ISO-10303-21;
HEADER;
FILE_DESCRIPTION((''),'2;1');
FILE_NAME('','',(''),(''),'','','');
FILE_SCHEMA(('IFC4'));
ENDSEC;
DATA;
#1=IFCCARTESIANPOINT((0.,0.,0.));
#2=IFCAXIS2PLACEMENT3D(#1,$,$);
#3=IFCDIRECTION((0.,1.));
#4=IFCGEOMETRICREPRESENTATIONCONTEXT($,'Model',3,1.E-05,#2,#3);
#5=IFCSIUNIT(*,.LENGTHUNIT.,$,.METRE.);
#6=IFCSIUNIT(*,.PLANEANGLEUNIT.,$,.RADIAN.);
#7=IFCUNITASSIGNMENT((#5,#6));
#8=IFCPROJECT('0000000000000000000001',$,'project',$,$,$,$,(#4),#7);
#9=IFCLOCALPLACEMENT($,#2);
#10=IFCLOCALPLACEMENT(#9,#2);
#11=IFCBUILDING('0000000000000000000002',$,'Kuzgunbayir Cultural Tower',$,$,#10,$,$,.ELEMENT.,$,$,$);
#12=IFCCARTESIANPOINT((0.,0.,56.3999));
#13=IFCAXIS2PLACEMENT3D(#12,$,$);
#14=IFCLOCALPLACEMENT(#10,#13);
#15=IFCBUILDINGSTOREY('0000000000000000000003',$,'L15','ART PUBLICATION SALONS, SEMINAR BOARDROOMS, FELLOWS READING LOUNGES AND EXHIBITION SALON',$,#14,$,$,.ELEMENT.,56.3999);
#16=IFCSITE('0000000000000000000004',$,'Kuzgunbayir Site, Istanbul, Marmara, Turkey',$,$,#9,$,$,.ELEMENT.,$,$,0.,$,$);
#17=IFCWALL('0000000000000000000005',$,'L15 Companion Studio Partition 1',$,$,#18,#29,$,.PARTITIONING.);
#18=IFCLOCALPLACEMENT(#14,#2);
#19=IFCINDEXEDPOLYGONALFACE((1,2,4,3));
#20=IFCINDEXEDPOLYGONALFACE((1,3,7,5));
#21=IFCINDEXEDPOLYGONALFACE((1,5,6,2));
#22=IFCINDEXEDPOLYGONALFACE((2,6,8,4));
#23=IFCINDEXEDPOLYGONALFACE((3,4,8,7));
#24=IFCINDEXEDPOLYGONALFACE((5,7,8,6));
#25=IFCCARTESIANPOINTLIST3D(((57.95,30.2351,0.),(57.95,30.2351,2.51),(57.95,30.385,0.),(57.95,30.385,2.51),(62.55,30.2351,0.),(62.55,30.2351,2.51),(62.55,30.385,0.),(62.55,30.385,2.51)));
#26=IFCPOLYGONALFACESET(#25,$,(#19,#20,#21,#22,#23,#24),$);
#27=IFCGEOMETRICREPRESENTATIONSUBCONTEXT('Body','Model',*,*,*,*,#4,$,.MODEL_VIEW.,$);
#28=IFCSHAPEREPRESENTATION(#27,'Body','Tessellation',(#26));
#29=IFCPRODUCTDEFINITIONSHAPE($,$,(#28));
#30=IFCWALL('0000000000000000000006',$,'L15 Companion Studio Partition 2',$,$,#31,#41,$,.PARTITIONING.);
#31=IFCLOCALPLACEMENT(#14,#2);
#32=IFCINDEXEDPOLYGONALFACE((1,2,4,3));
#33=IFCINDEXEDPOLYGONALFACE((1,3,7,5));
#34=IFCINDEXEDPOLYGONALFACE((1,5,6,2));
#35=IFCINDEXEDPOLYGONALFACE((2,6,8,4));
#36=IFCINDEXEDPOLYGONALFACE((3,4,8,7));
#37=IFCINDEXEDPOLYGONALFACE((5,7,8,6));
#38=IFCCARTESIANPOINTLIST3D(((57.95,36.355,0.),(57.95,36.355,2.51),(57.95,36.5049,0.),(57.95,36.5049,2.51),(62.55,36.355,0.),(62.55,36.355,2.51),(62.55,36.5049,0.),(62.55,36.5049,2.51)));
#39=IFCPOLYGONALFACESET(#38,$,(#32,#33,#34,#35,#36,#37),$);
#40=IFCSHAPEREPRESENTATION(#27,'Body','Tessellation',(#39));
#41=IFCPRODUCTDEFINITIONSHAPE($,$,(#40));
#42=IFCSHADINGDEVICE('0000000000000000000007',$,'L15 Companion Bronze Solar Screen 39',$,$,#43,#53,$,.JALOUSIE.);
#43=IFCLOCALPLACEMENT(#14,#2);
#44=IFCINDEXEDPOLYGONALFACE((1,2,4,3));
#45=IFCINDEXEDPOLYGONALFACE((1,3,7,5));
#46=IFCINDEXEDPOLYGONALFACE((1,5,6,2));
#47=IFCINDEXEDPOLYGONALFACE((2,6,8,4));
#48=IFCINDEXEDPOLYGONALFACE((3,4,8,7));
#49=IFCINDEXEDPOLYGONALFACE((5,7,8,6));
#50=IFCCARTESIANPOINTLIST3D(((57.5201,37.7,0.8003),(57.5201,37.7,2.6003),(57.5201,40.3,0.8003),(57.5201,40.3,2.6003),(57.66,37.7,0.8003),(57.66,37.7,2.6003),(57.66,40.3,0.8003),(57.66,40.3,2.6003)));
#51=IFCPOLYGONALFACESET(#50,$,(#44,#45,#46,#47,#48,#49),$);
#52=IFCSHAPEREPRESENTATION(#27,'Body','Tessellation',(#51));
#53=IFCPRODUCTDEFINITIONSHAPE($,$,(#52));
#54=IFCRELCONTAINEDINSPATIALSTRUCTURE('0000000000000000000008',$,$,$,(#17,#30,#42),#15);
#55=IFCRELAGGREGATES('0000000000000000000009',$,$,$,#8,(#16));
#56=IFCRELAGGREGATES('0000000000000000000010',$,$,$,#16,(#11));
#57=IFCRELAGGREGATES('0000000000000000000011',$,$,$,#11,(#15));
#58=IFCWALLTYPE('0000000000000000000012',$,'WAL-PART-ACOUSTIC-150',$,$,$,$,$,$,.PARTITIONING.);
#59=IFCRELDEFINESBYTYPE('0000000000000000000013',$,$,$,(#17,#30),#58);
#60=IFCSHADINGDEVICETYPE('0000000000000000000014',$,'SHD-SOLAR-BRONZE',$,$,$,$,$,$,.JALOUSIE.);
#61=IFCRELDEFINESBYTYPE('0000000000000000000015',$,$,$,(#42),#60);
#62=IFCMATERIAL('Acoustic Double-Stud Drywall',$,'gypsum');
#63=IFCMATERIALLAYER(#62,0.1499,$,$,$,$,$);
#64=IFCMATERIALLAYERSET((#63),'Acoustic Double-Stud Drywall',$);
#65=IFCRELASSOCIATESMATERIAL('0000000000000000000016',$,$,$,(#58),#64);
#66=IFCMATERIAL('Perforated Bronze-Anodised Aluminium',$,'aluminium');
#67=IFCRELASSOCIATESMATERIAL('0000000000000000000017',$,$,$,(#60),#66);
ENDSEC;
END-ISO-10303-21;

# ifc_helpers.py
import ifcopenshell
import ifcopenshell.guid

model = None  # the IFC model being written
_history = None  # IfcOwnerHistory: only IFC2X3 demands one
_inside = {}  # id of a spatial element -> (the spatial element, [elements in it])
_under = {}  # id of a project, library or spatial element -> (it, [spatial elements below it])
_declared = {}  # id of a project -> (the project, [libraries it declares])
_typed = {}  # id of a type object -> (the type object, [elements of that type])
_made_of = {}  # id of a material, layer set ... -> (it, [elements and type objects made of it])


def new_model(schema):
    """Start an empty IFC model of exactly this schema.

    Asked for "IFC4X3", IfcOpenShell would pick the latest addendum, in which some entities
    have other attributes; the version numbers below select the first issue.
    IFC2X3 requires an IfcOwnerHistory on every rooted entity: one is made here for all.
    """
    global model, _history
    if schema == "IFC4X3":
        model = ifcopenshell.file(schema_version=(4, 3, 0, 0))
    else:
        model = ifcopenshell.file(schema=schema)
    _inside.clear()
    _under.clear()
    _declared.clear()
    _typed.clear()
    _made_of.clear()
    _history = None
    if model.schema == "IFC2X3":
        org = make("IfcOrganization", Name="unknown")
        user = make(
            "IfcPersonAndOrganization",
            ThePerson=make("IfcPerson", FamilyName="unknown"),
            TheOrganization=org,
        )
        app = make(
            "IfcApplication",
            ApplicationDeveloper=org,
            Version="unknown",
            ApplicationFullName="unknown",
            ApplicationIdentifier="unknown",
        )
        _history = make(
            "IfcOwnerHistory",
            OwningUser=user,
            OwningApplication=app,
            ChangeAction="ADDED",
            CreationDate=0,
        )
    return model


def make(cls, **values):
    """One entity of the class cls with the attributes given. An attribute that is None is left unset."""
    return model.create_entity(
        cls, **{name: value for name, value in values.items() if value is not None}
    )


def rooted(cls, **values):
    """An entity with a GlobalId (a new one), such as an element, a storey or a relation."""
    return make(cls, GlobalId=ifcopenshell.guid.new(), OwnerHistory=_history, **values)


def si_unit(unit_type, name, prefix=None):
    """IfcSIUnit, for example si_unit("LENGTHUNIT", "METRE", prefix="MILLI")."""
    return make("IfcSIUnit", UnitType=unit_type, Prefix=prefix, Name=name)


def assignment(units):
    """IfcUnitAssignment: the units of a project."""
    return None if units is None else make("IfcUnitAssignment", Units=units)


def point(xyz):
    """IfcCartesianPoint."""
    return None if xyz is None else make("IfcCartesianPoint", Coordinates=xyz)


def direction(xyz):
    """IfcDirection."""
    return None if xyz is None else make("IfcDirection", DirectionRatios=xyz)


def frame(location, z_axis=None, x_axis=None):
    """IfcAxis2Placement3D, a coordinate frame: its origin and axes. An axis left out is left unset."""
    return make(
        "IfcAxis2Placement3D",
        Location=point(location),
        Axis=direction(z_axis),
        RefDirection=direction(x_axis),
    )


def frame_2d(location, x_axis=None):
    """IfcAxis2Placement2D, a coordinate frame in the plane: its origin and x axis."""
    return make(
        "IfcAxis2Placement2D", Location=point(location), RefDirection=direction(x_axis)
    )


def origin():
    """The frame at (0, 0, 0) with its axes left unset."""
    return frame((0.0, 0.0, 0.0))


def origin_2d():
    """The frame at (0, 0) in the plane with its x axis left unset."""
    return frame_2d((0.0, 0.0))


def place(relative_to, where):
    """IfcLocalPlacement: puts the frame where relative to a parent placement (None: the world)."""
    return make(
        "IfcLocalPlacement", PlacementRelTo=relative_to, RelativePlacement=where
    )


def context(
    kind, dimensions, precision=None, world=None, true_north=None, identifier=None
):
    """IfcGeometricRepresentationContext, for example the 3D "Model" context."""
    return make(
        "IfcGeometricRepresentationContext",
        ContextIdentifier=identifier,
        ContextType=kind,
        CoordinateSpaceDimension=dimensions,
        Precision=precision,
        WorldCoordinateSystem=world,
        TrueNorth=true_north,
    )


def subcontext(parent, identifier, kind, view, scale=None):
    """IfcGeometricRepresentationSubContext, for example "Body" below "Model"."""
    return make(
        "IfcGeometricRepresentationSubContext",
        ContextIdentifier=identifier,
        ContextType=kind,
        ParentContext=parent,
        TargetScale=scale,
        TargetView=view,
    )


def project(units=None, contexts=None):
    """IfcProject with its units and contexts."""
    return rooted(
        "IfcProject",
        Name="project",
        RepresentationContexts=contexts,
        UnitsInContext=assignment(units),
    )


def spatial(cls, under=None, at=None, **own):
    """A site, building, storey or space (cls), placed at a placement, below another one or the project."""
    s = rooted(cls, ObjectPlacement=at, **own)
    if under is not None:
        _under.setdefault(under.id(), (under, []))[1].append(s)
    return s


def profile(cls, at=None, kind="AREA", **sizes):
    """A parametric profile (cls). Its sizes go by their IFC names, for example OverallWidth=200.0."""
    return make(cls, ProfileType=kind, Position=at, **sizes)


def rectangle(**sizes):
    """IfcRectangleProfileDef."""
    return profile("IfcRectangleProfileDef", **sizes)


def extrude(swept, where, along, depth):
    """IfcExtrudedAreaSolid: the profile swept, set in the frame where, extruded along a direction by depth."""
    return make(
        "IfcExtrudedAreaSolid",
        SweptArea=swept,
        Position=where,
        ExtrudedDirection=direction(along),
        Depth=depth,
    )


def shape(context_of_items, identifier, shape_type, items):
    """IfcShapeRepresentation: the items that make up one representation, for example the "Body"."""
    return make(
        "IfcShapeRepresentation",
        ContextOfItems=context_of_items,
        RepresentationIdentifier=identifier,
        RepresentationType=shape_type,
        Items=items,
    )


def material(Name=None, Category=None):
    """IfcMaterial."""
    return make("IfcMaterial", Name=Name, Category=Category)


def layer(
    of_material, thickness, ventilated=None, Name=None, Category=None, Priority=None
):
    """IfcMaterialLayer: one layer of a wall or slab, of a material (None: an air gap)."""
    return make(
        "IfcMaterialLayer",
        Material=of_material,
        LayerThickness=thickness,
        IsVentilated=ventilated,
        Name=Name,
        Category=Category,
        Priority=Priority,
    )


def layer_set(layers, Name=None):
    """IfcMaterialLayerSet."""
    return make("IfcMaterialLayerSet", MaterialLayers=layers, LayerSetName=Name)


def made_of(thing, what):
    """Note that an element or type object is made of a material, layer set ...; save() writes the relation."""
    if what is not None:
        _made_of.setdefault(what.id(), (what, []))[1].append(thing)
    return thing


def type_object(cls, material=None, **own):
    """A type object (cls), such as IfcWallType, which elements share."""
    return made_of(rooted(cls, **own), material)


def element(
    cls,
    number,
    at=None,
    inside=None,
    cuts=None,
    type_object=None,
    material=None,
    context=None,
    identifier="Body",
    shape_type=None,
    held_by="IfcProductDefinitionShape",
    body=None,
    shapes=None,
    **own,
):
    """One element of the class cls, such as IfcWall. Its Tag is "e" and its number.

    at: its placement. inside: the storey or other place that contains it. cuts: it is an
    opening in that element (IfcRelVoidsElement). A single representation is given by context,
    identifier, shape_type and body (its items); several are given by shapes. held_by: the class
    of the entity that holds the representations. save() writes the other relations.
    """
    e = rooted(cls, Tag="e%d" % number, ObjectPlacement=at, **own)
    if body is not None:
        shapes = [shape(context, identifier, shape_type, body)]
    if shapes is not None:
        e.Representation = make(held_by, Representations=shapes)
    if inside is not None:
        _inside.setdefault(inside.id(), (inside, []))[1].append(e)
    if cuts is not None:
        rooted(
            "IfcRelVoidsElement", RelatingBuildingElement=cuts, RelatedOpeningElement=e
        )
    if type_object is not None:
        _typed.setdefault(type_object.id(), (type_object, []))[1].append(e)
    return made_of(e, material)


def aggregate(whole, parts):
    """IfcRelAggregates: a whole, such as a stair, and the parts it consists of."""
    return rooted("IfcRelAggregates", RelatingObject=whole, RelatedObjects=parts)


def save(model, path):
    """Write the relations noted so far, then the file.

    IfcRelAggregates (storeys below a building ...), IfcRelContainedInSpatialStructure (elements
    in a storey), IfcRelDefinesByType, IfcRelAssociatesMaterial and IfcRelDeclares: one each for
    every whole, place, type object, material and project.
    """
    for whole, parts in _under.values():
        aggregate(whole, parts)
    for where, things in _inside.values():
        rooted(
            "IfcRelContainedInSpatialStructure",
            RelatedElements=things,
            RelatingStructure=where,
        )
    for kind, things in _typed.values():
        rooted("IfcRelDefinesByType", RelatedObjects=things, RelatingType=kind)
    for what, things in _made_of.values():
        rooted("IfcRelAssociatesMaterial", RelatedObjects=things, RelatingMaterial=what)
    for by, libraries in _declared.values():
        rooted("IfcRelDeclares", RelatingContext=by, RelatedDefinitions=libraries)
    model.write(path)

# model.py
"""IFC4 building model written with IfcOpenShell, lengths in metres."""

from ifc_helpers import new_model, si_unit, direction, frame, frame_2d, origin, origin_2d, place, context, subcontext, project, spatial, rectangle, extrude, material, layer, layer_set, type_object, element, save


model = new_model("IFC4")

# Units and contexts
model_context = context("Model", 3, precision=1e-05, world=origin(), true_north=direction((0.0, 1.0)))
body_context = subcontext(model_context, "Body", "Model", "MODEL_VIEW")
ifc_project = project(units=[si_unit("LENGTHUNIT", "METRE"), si_unit("PLANEANGLEUNIT", "RADIAN")], contexts=[model_context])

# Site, building, storey
site_placement = place(None, origin())
site = spatial("IfcSite", under=ifc_project, at=site_placement, Name="Kuzgunbayir Site, Istanbul, Marmara, Turkey", CompositionType="ELEMENT", RefElevation=0.0)
building_placement = place(site_placement, origin())
building = spatial("IfcBuilding", under=site, at=building_placement, Name="Kuzgunbayir Cultural Tower", CompositionType="ELEMENT")
storey_placement = place(building_placement, frame((0.0, 0.0, 56.3999)))
storey = spatial("IfcBuildingStorey", under=building, at=storey_placement, Name="L15", Description="ART PUBLICATION SALONS, SEMINAR BOARDROOMS, FELLOWS READING LOUNGES AND EXHIBITION SALON", CompositionType="ELEMENT", Elevation=56.3999)

# Walls
ifc_material_1 = material(Name="Acoustic Double-Stud Drywall", Category="gypsum")
ifc_layer_1 = layer(ifc_material_1, 0.1499)
ifc_layer_set_1 = layer_set([ifc_layer_1], Name="Acoustic Double-Stud Drywall")
wall_type_1 = type_object("IfcWallType", Name="WAL-PART-ACOUSTIC-150", PredefinedType="PARTITIONING", material=ifc_layer_set_1)
for number, where, z_axis, x_axis, name in (
    (1, (57.95, 30.3101, 0.0), (0.0, 0.0, 1.0), (1.0, 0.0, 0.0), "L15 Companion Studio Partition 1"),
    (2, (57.95, 36.4299, 0.0), (0.0, 0.0, 1.0), (1.0, 0.0, 0.0), "L15 Companion Studio Partition 2"),
):
    element("IfcWall", number, at=place(storey_placement, frame(where, z_axis=z_axis, x_axis=x_axis)), inside=storey, type_object=wall_type_1, Name=name, PredefinedType="PARTITIONING", context=body_context, shape_type="SweptSolid", body=[
        extrude(rectangle(XDim=4.6001, YDim=0.1499, at=frame_2d((2.3, 0.0))), origin(), (0.0, 0.0, 1.0), 2.51),
    ])

# Shading device
ifc_material_2 = material(Name="Perforated Bronze-Anodised Aluminium", Category="aluminium")
shading_device_type = type_object("IfcShadingDeviceType", Name="SHD-SOLAR-BRONZE", PredefinedType="JALOUSIE", material=ifc_material_2)
shading_device_placement = place(storey_placement, frame((57.5901, 39.0, 0.8003), z_axis=(0.0, 0.0, 1.0), x_axis=(1.0, 0.0, 0.0)))
element("IfcShadingDevice", 3, at=shading_device_placement, inside=storey, type_object=shading_device_type, Name="L15 Companion Bronze Solar Screen 39", PredefinedType="JALOUSIE", context=body_context, shape_type="SweptSolid", body=[
    extrude(rectangle(XDim=0.1399, YDim=2.6001, at=origin_2d()), origin(), (0.0, 0.0, 1.0), 1.8),
])

save(model, "model.ifc")
